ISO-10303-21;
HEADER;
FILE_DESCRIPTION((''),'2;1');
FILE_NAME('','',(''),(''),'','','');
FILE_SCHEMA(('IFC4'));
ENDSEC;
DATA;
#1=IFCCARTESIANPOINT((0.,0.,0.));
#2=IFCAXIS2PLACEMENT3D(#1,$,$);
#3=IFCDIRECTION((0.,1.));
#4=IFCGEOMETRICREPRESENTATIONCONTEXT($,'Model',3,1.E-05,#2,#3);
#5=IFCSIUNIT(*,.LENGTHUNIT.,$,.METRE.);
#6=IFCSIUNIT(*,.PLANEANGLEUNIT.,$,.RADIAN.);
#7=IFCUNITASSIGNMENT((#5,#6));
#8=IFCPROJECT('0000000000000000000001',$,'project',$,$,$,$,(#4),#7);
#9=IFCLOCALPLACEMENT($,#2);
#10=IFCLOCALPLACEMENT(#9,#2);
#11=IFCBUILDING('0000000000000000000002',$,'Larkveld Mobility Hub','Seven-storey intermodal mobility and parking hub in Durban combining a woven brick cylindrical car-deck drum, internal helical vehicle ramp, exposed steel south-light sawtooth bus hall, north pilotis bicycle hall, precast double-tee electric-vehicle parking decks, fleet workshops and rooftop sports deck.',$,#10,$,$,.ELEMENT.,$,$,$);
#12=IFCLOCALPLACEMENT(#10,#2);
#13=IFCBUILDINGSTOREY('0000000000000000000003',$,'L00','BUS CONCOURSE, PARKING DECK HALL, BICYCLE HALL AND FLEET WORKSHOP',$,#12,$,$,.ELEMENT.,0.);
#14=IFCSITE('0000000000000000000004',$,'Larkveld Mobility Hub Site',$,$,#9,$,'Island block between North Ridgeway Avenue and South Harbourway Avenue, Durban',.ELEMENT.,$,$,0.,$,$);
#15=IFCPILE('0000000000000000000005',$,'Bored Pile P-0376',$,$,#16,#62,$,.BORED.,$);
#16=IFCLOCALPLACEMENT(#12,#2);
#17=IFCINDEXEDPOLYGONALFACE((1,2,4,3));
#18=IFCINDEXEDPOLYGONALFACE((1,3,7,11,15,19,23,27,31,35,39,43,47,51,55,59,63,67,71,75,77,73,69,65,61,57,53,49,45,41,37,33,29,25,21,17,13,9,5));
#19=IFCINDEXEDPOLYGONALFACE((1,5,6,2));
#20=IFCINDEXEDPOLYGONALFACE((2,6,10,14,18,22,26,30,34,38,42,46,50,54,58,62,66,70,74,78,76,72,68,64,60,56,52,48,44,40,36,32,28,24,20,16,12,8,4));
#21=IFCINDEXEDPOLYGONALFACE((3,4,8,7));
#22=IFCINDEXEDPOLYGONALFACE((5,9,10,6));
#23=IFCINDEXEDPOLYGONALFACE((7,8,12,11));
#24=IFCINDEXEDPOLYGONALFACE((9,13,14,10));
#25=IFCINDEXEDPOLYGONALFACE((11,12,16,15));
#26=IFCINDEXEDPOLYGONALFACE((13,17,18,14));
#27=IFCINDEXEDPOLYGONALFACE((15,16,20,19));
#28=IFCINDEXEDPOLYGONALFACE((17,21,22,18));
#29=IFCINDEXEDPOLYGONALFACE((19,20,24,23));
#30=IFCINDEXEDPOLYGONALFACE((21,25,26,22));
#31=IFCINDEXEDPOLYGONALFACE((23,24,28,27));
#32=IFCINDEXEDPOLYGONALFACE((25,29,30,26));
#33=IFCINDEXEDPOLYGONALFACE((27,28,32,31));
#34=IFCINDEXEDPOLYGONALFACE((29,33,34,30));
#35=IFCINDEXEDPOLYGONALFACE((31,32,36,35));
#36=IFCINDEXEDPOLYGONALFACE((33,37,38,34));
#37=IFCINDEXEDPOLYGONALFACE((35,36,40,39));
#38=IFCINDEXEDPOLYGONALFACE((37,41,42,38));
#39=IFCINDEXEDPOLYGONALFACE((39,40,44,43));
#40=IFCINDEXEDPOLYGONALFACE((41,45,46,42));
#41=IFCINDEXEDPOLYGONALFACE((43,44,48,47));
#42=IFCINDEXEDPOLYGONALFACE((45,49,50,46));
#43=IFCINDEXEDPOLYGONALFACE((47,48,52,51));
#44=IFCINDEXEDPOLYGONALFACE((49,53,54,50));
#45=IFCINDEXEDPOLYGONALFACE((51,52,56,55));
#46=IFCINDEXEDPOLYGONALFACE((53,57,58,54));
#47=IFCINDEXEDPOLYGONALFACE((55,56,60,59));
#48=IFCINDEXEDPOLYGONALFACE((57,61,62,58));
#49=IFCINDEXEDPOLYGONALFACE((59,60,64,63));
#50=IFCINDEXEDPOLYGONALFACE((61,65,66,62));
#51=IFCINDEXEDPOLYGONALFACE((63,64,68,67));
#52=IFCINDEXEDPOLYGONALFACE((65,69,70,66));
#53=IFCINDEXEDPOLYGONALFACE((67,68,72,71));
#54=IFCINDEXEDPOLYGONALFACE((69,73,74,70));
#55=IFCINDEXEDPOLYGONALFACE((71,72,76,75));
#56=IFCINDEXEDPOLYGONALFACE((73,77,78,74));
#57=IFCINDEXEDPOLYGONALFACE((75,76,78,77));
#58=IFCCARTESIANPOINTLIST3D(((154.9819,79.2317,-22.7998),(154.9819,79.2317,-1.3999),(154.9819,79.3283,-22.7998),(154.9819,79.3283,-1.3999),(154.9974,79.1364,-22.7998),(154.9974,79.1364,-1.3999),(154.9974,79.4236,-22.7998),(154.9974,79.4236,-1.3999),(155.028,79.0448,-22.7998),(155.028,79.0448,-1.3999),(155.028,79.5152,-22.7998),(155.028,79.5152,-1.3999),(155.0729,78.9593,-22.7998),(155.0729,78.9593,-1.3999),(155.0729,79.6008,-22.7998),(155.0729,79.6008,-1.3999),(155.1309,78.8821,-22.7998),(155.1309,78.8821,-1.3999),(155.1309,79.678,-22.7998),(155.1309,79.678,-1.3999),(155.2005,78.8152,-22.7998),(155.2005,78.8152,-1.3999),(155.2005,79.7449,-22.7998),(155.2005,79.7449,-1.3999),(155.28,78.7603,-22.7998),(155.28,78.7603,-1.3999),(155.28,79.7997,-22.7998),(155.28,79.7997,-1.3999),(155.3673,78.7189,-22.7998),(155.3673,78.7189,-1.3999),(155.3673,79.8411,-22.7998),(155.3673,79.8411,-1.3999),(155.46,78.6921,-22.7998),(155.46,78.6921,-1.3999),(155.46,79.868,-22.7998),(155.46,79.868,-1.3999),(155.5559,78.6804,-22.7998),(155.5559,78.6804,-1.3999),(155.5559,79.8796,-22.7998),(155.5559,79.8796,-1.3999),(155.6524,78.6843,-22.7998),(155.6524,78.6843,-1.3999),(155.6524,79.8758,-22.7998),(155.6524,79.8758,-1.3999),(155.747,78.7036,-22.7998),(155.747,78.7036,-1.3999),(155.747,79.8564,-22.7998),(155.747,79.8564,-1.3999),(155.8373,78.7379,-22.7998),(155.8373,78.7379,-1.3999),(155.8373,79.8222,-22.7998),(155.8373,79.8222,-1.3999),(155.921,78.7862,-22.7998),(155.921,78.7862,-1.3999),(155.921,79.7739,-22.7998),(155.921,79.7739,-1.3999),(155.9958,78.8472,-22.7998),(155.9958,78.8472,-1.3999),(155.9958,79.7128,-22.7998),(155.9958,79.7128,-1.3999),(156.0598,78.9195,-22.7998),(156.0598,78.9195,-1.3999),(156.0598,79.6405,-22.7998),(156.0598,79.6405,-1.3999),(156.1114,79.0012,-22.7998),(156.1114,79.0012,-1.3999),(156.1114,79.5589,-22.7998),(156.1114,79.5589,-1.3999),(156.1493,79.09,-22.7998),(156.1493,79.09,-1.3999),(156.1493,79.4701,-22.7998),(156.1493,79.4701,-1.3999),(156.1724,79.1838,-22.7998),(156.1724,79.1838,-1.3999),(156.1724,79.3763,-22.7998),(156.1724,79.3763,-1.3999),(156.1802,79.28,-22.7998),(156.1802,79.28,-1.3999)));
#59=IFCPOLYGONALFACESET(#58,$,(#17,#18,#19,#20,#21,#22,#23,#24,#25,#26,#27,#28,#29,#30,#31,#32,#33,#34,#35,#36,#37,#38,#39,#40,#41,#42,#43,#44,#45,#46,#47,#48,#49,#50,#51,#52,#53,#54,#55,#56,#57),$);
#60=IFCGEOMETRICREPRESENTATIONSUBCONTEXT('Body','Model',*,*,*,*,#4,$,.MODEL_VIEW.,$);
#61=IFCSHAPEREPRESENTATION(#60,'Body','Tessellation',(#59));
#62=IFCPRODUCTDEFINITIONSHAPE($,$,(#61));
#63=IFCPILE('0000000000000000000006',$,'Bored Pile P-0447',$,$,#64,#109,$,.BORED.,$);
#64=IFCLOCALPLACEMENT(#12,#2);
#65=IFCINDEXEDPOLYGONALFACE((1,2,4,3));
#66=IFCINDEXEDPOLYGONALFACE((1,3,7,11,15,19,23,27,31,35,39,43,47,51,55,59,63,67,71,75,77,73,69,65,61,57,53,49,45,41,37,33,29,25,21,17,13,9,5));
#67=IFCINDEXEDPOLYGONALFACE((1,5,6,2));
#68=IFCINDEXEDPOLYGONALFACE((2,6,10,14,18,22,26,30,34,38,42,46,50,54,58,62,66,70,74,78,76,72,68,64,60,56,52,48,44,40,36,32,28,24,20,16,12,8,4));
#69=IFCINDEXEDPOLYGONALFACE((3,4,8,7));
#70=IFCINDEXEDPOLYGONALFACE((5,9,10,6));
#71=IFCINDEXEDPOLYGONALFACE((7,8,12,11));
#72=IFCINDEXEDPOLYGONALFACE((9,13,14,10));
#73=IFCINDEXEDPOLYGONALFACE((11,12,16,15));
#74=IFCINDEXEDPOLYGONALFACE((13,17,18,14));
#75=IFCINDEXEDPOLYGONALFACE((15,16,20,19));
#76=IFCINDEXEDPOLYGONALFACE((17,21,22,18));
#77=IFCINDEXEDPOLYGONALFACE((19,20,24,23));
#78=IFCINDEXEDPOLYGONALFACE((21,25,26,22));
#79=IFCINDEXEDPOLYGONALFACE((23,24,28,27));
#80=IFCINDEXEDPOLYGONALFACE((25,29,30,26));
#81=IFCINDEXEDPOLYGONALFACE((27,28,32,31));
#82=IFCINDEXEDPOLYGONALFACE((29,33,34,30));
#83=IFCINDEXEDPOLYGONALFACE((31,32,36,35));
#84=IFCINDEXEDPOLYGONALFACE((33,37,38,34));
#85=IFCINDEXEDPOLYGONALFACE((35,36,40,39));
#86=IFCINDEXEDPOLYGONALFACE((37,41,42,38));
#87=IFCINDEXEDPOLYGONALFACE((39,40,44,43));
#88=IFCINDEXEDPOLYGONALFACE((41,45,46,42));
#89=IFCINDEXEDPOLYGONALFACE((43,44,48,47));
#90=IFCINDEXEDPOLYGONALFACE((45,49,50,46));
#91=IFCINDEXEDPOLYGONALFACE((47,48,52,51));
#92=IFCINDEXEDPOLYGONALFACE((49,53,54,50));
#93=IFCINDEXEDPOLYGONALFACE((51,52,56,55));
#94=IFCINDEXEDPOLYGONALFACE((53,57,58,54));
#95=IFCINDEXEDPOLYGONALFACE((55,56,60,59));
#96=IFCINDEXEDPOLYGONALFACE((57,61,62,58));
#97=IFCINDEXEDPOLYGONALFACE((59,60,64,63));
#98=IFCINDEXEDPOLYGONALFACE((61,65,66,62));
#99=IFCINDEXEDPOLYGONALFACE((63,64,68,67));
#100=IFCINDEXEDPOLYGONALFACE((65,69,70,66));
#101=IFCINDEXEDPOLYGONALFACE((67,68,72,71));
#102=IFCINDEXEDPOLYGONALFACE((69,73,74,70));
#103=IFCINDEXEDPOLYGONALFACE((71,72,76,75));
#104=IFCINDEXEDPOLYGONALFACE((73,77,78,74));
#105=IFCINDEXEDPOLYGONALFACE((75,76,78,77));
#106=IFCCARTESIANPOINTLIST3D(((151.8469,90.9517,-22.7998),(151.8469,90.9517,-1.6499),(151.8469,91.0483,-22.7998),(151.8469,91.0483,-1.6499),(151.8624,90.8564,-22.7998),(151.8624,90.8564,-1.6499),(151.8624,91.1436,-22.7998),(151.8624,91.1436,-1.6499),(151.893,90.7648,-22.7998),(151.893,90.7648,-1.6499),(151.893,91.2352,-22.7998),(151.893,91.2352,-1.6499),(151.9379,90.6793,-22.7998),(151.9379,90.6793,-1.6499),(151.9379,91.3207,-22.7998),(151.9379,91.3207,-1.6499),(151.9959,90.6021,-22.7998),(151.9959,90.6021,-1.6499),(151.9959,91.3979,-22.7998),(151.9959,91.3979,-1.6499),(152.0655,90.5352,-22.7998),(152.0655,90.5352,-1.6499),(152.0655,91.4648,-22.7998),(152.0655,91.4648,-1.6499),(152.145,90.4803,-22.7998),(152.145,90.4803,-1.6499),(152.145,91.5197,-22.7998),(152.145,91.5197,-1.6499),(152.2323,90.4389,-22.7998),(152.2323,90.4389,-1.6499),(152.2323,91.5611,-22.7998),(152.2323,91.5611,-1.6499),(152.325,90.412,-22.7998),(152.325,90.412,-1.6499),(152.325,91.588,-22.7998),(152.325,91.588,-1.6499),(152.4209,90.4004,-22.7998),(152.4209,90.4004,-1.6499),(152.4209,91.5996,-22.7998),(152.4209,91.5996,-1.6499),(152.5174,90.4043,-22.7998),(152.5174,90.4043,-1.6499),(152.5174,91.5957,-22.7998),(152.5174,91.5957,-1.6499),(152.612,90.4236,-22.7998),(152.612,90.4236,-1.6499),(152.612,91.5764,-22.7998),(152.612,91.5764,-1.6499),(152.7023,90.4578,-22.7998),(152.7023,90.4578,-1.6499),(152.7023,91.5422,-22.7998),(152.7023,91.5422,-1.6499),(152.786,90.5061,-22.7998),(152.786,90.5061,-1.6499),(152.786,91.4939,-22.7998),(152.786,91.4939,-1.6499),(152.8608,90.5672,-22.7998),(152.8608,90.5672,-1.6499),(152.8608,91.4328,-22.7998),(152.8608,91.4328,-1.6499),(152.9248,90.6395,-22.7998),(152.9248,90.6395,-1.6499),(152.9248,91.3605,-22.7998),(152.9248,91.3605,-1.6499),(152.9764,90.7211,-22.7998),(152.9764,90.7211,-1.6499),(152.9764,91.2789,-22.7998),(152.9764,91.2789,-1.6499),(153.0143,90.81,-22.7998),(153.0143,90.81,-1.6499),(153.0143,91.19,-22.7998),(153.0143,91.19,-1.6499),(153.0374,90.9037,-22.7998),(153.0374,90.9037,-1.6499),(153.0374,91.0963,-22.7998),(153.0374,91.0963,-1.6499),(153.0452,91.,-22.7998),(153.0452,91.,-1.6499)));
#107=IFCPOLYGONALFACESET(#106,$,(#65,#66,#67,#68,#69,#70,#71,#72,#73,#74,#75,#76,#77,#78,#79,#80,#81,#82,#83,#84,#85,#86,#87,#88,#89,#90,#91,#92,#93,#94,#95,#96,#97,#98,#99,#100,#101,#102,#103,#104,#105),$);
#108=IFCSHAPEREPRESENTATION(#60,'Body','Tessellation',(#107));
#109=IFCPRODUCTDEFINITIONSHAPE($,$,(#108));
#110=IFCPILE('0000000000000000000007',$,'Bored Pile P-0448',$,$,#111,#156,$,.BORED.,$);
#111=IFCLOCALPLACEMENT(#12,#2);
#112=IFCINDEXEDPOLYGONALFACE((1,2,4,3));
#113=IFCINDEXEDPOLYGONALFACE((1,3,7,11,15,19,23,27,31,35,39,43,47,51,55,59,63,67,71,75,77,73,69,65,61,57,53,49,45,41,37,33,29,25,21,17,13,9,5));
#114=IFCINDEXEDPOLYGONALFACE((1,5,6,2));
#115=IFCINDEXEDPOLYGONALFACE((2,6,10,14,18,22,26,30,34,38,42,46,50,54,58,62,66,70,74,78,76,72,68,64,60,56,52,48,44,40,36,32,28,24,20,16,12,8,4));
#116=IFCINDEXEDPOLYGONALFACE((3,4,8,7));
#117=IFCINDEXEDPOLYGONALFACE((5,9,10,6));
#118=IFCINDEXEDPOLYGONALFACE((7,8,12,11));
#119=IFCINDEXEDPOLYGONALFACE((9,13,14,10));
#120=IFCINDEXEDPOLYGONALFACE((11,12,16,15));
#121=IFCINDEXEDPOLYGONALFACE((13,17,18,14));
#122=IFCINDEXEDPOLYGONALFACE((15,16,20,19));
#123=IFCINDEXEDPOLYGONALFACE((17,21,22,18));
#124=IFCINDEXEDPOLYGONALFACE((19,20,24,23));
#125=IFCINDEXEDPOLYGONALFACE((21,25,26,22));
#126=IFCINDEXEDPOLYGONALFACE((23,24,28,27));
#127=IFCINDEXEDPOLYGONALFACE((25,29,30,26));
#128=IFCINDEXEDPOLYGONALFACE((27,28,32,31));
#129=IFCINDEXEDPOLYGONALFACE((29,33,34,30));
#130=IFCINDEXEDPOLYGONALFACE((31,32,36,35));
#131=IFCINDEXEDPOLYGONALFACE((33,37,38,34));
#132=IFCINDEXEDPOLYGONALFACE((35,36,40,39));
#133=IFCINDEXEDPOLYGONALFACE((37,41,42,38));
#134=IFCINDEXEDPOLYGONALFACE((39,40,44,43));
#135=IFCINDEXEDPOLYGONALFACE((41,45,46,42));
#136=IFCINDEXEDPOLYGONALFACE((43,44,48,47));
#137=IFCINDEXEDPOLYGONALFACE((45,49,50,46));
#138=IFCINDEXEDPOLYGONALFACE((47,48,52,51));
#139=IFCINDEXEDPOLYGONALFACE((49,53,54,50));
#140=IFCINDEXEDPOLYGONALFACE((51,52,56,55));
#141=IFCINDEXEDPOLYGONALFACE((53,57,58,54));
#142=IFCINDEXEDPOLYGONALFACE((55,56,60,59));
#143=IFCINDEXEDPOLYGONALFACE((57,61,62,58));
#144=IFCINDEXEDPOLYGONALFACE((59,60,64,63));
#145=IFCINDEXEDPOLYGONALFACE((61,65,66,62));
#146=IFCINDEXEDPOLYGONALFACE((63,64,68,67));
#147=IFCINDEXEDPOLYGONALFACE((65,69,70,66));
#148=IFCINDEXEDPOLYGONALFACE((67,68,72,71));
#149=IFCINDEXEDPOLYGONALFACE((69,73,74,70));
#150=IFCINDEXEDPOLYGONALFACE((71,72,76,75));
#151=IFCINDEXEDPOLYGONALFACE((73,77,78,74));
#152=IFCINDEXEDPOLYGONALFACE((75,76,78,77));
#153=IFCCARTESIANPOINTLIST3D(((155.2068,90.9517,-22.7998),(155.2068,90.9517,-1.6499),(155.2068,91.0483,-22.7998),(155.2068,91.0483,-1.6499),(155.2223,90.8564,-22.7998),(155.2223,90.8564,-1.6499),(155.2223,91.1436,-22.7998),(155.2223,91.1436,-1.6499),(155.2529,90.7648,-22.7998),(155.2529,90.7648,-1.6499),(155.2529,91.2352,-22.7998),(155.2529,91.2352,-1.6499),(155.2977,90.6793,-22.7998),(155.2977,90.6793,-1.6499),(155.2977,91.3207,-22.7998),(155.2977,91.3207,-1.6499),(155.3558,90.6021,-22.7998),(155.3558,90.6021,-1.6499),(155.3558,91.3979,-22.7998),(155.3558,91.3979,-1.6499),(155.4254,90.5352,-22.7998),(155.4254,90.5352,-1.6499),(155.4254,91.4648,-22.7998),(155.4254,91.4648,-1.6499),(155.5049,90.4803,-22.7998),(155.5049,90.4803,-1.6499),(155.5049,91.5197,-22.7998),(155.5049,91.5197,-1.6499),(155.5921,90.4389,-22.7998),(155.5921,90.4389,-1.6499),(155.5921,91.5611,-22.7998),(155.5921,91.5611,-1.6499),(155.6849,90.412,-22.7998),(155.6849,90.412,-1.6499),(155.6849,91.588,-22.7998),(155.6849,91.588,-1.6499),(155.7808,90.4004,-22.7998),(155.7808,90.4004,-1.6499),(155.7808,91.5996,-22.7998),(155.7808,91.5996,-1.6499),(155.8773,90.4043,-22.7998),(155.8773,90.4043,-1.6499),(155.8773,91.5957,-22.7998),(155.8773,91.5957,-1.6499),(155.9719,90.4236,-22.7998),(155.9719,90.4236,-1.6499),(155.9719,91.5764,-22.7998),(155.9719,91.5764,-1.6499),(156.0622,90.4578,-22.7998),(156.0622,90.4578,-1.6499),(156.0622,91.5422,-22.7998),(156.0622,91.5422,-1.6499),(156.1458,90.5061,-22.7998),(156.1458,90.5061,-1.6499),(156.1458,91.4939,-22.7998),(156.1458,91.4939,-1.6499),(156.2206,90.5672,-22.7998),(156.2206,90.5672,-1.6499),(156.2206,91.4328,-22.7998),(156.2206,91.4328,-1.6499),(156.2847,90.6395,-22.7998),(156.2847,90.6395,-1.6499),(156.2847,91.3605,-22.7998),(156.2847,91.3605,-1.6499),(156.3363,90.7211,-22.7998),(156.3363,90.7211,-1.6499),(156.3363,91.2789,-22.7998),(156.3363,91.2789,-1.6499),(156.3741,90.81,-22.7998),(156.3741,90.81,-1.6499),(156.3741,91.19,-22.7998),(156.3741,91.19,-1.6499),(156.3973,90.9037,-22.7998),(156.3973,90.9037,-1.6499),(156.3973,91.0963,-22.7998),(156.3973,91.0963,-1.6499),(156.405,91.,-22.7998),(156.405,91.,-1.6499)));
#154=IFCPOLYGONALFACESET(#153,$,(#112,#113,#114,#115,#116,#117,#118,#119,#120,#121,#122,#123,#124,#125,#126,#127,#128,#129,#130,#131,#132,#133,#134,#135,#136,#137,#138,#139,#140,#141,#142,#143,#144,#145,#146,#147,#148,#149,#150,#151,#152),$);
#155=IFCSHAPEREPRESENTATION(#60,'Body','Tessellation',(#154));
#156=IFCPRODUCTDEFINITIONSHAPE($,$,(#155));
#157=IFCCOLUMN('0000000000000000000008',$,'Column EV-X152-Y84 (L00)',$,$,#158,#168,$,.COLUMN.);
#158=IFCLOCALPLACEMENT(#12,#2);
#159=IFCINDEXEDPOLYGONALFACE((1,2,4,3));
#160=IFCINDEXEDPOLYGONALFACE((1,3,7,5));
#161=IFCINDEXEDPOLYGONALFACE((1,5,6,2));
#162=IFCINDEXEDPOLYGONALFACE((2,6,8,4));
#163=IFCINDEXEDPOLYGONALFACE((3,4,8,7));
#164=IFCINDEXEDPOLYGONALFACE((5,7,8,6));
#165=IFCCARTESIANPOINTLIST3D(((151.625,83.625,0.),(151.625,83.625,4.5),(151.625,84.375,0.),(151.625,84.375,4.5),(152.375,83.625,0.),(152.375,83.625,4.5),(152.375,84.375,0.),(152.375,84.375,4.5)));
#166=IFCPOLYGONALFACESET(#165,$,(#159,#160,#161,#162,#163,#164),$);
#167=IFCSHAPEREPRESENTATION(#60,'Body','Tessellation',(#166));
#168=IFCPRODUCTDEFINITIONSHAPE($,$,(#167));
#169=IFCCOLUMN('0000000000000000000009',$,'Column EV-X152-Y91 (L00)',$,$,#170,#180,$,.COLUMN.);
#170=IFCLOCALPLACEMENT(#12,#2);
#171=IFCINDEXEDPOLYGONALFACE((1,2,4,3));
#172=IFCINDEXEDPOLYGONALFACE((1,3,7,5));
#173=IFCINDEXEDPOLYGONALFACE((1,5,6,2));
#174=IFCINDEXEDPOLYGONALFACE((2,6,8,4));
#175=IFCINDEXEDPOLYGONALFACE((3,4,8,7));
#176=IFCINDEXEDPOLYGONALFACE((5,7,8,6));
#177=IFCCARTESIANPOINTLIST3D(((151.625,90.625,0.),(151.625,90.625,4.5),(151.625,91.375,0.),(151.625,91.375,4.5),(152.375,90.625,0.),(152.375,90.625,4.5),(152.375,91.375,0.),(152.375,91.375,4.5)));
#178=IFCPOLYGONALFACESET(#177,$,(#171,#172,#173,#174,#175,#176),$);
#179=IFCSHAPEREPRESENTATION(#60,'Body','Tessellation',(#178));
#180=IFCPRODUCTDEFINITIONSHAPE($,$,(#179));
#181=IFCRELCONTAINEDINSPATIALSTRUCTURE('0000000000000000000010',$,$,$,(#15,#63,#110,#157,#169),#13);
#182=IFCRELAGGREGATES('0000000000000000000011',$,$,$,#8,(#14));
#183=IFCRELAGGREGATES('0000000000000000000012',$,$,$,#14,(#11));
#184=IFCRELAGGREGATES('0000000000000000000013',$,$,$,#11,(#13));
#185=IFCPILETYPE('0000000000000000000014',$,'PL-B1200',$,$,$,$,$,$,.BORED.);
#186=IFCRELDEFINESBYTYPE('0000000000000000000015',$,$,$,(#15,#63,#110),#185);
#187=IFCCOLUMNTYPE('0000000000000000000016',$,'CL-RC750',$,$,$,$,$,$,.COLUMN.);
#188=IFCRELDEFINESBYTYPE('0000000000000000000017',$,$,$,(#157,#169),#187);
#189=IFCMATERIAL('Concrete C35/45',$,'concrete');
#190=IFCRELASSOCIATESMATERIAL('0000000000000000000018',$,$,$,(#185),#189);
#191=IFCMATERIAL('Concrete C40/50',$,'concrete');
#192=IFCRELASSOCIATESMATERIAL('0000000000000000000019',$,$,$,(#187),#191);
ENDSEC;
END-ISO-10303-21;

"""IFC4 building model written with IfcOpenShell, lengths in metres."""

from ifc_helpers import new_model, si_unit, direction, frame, origin, origin_2d, place, context, subcontext, project, spatial, rectangle, circle, extrude, material, material_profile, profile_set, type_object, element, save


model = new_model("IFC4")

# Units and contexts
model_context = context("Model", 3, precision=1e-05, world=origin(), true_north=direction((0.0, 1.0)))
body_context = subcontext(model_context, "Body", "Model", "MODEL_VIEW")
ifc_project = project(units=[si_unit("LENGTHUNIT", "METRE"), si_unit("PLANEANGLEUNIT", "RADIAN")], contexts=[model_context])

# Site, building, storey
site_placement = place(None, origin())
site = spatial("IfcSite", under=ifc_project, at=site_placement, Name="Larkveld Mobility Hub Site", LongName="Island block between North Ridgeway Avenue and South Harbourway Avenue, Durban", CompositionType="ELEMENT", RefElevation=0.0)
building_placement = place(site_placement, origin())
building = spatial("IfcBuilding", under=site, at=building_placement, Name="Larkveld Mobility Hub", Description="Seven-storey intermodal mobility and parking hub in Durban combining a woven brick cylindrical car-deck drum, internal helical vehicle ramp, exposed steel south-light sawtooth bus hall, north pilotis bicycle hall, precast double-tee electric-vehicle parking decks, fleet workshops and rooftop sports deck.", CompositionType="ELEMENT")
storey_placement = place(building_placement, origin())
storey = spatial("IfcBuildingStorey", under=building, at=storey_placement, Name="L00", Description="BUS CONCOURSE, PARKING DECK HALL, BICYCLE HALL AND FLEET WORKSHOP", CompositionType="ELEMENT", Elevation=0.0)

# Shared definitions
ifc_material_1 = material(Name="Concrete C35/45", Category="concrete")

# Piles
ifc_material_profile_1 = material_profile(ifc_material_1, circle(Radius=0.6001, at=origin_2d()), Name="PILE D1200")
ifc_profile_set_1 = profile_set([ifc_material_profile_1], Name="Concrete C35/45")
pile_type_1 = type_object("IfcPileType", Name="PL-B1200", PredefinedType="BORED", material=ifc_profile_set_1)
for number, where, z_axis, x_axis, name in (
    (1, (155.5801, 79.28, -1.3999), (0.0, 0.0, -1.0), (1.0, 0.0, 0.0), "Bored Pile P-0376"),
):
    element("IfcPile", number, at=place(storey_placement, frame(where, z_axis=z_axis, x_axis=x_axis)), inside=storey, type_object=pile_type_1, Name=name, PredefinedType="BORED", context=body_context, shape_type="SweptSolid", body=[
        extrude(circle(Radius=0.6001, at=origin_2d()), origin(), (0.0, 0.0, 1.0), 21.3999),
    ])
for number, where, z_axis, x_axis, name in (
    (2, (152.4451, 91.0, -1.6499), (0.0, 0.0, -1.0), (1.0, 0.0, 0.0), "Bored Pile P-0447"),
    (3, (155.8049, 91.0, -1.6499), (0.0, 0.0, -1.0), (1.0, 0.0, 0.0), "Bored Pile P-0448"),
):
    element("IfcPile", number, at=place(storey_placement, frame(where, z_axis=z_axis, x_axis=x_axis)), inside=storey, type_object=pile_type_1, Name=name, PredefinedType="BORED", context=body_context, shape_type="SweptSolid", body=[
        extrude(circle(Radius=0.6001, at=origin_2d()), origin(), (0.0, 0.0, 1.0), 21.1499),
    ])

# Columns
ifc_material_2 = material(Name="Concrete C40/50", Category="concrete")
ifc_material_profile_2 = material_profile(ifc_material_2, rectangle(XDim=0.75, YDim=0.75, at=origin_2d()), Name="RC COL 750x750")
ifc_profile_set_2 = profile_set([ifc_material_profile_2], Name="Concrete C40/50")
column_type_1 = type_object("IfcColumnType", Name="CL-RC750", PredefinedType="COLUMN", material=ifc_profile_set_2)
for number, where, z_axis, x_axis, name in (
    (4, (152.0, 84.0, 0.0), (0.0, 0.0, 1.0), (1.0, 0.0, 0.0), "Column EV-X152-Y84 (L00)"),
    (5, (152.0, 91.0, 0.0), (0.0, 0.0, 1.0), (1.0, 0.0, 0.0), "Column EV-X152-Y91 (L00)"),
):
    element("IfcColumn", number, at=place(storey_placement, frame(where, z_axis=z_axis, x_axis=x_axis)), inside=storey, type_object=column_type_1, Name=name, PredefinedType="COLUMN", context=body_context, shape_type="SweptSolid", body=[
        extrude(rectangle(XDim=0.75, YDim=0.75, at=origin_2d()), origin(), (0.0, 0.0, 1.0), 4.5),
    ])

save(model, "model.ifc")
